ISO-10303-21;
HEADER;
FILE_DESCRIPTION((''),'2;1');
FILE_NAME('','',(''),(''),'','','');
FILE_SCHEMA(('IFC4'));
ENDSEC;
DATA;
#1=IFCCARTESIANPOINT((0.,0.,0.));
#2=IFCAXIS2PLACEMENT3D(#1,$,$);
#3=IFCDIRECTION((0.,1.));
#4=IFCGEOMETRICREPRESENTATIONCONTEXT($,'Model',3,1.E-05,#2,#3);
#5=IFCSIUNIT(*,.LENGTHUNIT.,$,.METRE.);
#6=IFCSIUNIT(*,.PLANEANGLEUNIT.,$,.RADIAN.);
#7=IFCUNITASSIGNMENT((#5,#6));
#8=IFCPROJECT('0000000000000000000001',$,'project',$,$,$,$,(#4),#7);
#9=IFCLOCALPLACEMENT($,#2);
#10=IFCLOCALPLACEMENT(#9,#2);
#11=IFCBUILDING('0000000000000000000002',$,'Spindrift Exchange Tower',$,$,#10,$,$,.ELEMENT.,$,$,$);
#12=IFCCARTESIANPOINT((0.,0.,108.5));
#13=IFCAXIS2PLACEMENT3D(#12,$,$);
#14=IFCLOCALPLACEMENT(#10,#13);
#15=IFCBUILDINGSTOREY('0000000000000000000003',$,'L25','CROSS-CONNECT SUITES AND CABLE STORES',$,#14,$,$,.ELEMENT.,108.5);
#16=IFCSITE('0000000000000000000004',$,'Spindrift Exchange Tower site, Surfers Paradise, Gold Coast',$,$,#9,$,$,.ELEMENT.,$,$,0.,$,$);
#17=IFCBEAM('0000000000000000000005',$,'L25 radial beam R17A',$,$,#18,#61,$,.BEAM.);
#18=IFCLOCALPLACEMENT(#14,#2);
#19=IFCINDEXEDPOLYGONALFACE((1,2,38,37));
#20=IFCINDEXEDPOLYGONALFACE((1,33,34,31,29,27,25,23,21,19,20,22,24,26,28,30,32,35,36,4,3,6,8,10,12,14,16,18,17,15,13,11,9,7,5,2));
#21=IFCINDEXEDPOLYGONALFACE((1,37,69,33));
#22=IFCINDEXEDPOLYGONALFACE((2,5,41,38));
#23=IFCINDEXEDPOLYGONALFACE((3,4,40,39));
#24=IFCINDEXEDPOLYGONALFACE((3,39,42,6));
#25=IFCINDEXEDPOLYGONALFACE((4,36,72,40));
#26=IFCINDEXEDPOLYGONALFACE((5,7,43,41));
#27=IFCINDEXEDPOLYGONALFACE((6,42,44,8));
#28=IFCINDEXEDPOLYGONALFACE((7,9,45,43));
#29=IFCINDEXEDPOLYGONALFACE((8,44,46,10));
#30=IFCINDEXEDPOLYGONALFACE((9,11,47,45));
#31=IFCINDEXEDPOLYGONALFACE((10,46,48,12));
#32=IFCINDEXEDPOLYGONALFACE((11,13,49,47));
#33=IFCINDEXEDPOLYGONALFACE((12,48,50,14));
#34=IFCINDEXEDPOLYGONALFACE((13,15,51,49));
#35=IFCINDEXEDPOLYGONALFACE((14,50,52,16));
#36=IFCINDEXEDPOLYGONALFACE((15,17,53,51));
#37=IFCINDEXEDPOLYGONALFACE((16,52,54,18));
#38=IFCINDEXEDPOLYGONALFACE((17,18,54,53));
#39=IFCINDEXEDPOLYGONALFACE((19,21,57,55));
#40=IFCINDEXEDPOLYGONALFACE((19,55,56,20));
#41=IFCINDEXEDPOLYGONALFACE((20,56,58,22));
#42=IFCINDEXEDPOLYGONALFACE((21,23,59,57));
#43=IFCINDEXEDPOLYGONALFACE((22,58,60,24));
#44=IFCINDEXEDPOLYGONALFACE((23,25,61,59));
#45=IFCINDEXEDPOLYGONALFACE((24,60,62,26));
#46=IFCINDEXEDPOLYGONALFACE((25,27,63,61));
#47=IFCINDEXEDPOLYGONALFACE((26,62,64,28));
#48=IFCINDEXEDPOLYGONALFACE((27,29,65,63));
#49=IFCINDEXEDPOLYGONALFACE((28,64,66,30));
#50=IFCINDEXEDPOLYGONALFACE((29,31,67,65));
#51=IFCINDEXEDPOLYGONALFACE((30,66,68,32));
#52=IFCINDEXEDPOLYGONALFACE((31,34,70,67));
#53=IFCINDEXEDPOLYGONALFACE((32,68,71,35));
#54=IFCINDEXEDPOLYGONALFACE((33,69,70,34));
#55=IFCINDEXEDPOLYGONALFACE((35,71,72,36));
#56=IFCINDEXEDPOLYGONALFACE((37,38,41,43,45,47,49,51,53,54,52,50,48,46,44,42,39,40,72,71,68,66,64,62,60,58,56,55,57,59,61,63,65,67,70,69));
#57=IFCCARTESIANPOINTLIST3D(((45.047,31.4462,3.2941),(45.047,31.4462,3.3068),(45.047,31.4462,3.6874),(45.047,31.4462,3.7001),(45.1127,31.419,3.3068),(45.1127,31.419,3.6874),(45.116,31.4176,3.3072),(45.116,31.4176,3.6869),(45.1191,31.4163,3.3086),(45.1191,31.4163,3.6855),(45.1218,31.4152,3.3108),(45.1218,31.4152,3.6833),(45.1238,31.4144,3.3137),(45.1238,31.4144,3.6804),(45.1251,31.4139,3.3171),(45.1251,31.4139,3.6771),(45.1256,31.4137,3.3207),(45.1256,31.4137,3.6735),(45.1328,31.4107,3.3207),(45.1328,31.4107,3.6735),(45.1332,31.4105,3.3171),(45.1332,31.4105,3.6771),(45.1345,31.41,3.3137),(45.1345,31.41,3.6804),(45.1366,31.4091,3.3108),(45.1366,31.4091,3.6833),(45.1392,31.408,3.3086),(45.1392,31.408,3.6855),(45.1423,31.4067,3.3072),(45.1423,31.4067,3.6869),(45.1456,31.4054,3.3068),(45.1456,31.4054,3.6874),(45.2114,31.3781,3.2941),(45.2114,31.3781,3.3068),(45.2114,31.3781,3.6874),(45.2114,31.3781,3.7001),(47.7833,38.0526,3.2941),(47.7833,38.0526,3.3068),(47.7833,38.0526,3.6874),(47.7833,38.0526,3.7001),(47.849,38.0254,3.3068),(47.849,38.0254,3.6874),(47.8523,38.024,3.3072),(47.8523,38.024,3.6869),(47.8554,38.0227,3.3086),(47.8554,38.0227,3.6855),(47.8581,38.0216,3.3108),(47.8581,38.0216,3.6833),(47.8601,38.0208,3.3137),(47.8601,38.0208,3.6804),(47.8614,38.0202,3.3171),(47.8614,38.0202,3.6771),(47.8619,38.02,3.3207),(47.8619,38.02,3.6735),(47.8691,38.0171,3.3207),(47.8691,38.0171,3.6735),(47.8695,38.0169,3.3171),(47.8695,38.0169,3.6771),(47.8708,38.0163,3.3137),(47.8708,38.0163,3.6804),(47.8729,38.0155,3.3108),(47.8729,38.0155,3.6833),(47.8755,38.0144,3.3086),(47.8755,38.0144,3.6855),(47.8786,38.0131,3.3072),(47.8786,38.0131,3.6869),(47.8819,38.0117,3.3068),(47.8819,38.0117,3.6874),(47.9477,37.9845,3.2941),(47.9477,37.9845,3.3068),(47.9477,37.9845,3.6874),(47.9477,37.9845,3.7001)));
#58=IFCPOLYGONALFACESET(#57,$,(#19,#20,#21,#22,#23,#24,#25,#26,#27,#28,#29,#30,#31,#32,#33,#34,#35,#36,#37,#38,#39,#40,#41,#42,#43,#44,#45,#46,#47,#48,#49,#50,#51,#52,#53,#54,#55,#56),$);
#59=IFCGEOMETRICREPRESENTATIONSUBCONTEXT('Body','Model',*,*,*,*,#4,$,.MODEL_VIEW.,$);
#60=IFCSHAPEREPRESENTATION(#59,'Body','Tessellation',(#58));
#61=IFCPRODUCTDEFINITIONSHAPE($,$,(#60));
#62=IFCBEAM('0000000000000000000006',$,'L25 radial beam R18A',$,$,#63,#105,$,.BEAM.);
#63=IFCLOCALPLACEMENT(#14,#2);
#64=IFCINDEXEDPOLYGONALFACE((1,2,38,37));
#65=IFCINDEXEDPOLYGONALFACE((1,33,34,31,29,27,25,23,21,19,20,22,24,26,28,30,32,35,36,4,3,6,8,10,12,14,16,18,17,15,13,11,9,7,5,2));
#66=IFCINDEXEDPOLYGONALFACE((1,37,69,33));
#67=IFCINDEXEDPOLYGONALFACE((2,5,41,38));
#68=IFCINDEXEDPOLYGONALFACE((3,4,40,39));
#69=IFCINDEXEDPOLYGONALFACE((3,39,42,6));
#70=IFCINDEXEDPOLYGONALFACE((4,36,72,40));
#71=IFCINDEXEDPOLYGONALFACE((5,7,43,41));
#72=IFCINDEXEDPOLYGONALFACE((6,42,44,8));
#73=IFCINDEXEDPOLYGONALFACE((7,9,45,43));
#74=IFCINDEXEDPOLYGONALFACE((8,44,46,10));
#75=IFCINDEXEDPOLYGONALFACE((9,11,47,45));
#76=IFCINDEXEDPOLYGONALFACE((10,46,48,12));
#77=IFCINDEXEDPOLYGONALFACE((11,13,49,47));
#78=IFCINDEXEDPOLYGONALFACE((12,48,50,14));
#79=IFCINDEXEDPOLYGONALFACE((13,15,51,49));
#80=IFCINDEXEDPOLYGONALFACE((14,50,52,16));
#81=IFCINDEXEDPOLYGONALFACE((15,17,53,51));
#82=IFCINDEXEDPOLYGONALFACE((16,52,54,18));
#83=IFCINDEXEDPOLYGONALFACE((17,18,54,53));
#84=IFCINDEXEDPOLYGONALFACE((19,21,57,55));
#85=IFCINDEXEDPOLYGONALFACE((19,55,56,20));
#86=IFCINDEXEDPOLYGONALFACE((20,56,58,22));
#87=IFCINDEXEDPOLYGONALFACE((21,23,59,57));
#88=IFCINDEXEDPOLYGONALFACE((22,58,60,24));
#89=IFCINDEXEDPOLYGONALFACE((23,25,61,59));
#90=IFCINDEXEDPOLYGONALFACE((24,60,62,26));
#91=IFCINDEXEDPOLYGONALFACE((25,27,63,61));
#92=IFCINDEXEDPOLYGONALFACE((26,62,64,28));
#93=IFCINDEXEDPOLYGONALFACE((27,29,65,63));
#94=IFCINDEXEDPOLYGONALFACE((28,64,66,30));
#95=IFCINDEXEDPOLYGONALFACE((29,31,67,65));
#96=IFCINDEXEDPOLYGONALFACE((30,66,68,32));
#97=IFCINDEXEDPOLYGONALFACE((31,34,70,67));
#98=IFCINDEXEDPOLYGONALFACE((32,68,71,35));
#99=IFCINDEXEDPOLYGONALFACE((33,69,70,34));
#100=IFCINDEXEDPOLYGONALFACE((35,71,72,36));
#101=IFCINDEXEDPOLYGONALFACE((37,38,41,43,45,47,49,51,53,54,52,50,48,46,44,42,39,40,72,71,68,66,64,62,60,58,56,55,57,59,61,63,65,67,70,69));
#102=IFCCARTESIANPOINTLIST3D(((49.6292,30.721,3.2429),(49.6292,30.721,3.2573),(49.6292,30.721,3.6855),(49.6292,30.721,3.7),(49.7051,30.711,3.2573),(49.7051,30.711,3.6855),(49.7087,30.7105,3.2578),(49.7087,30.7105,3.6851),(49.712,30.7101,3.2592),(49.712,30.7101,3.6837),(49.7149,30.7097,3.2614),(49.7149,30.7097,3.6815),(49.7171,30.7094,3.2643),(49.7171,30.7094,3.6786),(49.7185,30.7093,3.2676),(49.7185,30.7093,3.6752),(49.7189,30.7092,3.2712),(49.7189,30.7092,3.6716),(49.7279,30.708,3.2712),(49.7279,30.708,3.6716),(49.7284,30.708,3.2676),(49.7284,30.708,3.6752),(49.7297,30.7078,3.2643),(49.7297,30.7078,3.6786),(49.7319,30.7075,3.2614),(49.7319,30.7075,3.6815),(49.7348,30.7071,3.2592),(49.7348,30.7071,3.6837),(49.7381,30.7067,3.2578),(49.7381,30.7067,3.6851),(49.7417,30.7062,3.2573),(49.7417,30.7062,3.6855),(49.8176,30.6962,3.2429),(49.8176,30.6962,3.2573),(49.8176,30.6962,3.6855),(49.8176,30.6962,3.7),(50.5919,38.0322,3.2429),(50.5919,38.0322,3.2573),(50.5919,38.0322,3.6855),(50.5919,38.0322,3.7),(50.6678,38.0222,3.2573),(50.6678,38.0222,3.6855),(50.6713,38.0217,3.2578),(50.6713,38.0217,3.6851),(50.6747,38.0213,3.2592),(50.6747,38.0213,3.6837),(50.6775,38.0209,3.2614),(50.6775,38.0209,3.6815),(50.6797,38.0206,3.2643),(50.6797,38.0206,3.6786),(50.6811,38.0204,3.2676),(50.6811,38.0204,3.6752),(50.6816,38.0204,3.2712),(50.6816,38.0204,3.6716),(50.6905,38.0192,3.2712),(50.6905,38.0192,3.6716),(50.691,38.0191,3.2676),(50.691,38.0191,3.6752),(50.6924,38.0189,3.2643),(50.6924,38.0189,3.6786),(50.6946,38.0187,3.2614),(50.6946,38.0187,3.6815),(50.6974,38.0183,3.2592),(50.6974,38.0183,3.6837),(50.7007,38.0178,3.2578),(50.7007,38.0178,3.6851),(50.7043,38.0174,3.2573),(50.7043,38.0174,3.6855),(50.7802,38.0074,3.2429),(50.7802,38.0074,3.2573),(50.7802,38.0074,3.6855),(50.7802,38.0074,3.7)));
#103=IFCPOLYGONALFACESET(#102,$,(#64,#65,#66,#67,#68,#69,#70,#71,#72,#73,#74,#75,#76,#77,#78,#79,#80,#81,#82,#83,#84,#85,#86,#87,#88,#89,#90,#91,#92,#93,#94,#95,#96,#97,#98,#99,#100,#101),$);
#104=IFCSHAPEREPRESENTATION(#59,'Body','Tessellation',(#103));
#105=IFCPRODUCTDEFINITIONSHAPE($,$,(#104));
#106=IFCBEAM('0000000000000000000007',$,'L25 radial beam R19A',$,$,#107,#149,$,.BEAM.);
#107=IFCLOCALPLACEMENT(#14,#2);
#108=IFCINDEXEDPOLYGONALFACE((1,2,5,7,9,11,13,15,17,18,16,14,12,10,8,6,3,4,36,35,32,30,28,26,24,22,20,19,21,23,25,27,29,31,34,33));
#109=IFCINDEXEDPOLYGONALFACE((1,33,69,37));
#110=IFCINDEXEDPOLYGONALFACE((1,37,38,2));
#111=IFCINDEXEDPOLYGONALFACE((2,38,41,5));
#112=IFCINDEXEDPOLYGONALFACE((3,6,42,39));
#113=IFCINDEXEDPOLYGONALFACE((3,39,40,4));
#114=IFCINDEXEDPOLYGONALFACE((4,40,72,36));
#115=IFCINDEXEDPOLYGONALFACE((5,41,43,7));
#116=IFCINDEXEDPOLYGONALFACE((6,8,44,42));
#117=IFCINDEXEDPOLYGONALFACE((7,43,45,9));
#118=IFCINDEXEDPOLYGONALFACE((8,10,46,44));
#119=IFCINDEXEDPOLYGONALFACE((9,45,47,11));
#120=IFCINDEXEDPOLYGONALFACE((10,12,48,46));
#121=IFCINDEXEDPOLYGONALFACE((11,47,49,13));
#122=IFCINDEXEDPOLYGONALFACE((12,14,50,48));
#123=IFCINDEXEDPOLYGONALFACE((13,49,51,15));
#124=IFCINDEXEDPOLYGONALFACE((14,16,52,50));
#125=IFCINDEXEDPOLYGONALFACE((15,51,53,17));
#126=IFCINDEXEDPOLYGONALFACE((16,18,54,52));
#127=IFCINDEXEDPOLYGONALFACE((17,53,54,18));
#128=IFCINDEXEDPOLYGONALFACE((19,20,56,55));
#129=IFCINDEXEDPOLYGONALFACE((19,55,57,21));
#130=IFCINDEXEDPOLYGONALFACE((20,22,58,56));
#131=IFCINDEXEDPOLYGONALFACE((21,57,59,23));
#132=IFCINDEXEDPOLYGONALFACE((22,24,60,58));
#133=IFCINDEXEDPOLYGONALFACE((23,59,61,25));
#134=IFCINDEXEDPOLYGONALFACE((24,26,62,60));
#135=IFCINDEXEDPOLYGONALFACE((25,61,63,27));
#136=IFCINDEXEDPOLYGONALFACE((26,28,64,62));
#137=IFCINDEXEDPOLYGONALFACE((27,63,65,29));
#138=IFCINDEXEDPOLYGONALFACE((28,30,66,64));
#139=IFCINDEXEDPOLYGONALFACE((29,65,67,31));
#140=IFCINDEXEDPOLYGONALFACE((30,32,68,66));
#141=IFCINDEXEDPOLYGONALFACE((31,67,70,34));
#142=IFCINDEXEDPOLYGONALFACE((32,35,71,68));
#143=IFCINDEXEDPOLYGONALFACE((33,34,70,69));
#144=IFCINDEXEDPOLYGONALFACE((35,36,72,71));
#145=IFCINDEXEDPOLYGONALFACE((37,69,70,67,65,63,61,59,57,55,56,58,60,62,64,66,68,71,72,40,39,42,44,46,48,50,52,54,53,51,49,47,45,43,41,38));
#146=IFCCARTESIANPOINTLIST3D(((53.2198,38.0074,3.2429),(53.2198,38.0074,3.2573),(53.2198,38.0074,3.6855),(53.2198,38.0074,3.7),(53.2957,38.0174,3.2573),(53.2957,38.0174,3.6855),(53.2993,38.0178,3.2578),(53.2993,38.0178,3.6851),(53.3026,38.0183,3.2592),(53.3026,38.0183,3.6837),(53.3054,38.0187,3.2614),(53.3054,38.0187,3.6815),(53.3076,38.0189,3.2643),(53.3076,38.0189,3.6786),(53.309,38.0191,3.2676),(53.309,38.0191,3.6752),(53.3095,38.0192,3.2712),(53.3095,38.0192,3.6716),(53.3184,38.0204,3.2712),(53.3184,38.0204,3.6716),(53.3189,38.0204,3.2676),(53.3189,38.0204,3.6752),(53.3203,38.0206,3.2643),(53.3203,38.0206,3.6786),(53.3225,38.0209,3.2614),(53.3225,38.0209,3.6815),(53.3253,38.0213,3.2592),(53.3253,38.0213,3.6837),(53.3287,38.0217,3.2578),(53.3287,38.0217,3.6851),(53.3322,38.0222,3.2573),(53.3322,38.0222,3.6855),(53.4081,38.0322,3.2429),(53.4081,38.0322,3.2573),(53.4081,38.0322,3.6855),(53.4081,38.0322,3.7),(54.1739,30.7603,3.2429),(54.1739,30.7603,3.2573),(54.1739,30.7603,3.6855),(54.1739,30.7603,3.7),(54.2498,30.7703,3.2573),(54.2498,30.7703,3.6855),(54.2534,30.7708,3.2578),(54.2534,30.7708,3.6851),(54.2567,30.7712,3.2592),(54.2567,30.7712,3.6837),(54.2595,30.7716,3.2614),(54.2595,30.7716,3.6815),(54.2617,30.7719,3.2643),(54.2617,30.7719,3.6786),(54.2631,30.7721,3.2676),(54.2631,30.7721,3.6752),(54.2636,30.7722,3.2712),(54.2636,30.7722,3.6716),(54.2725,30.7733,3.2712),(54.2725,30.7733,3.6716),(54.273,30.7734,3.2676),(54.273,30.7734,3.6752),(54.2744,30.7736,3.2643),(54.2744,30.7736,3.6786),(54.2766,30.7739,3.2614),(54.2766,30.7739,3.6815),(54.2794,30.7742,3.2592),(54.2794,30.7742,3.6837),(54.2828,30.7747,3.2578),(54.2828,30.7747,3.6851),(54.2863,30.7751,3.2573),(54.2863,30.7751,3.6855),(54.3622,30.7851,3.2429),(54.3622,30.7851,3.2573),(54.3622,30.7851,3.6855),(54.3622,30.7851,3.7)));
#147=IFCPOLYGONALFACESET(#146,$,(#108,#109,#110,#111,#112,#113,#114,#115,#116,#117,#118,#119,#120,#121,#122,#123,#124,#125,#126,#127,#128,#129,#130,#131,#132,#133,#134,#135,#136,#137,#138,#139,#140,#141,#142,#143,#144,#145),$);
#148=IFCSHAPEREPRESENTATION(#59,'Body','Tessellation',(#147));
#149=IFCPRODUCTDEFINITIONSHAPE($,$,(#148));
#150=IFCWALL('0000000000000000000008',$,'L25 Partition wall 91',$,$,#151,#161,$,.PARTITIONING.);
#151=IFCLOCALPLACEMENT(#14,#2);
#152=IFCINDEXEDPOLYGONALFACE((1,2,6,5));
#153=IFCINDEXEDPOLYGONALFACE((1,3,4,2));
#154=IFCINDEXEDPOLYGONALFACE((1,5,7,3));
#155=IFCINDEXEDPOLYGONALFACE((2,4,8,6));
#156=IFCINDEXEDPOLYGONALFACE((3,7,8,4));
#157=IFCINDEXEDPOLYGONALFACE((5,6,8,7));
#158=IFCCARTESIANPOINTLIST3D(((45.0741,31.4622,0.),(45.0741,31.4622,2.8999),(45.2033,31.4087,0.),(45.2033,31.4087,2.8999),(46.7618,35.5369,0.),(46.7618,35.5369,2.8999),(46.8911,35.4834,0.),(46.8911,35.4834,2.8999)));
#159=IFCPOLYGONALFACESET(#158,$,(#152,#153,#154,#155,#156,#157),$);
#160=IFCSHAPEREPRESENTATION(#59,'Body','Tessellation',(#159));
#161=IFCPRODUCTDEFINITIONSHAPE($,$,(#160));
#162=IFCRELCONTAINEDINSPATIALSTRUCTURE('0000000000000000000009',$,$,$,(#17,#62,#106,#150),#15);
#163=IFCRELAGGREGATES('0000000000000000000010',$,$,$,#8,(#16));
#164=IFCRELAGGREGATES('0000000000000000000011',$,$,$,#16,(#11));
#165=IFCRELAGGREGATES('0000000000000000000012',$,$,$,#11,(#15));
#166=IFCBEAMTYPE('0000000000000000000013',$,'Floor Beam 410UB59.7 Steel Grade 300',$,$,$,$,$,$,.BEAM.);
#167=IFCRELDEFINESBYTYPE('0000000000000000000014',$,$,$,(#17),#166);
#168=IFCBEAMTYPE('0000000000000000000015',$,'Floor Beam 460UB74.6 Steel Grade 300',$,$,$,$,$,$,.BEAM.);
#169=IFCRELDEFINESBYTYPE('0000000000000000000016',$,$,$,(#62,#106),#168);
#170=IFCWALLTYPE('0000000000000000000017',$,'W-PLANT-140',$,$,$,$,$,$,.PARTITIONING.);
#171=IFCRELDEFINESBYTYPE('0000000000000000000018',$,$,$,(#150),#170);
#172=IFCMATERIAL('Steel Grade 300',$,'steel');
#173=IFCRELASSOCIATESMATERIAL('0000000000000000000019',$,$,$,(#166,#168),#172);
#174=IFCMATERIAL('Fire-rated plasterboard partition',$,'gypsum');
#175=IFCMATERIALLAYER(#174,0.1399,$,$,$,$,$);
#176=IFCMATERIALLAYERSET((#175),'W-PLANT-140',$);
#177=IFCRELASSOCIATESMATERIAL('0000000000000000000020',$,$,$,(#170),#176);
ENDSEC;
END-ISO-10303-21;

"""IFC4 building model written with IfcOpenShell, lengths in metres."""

from ifc_helpers import new_model, si_unit, direction, frame, frame_2d, origin, origin_2d, place, context, subcontext, project, spatial, rectangle, i_section, extrude, source, transform, mapped, material, layer, layer_set, material_profile, profile_set, type_object, element, save


model = new_model("IFC4")

# Units and contexts
model_context = context("Model", 3, precision=1e-05, world=origin(), true_north=direction((0.0, 1.0)))
body_context = subcontext(model_context, "Body", "Model", "MODEL_VIEW")
ifc_project = project(units=[si_unit("LENGTHUNIT", "METRE"), si_unit("PLANEANGLEUNIT", "RADIAN")], contexts=[model_context])

# Site, building, storey
site_placement = place(None, origin())
site = spatial("IfcSite", under=ifc_project, at=site_placement, Name="Spindrift Exchange Tower site, Surfers Paradise, Gold Coast", CompositionType="ELEMENT", RefElevation=0.0)
building_placement = place(site_placement, origin())
building = spatial("IfcBuilding", under=site, at=building_placement, Name="Spindrift Exchange Tower", CompositionType="ELEMENT")
storey_placement = place(building_placement, frame((0.0, 0.0, 108.5)))
storey = spatial("IfcBuildingStorey", under=building, at=storey_placement, Name="L25", Description="CROSS-CONNECT SUITES AND CABLE STORES", CompositionType="ELEMENT", Elevation=108.5)

# Beams
ifc_material_1 = material(Name="Steel Grade 300", Category="steel")
ifc_material_profile_1 = material_profile(ifc_material_1, i_section(OverallWidth=0.178, OverallDepth=0.406, WebThickness=0.0078, FlangeThickness=0.0127, FilletRadius=0.0139, at=origin_2d()), Name="410UB59.7")
ifc_profile_set_1 = profile_set([ifc_material_profile_1], Name="Steel Grade 300")
beam_type_1 = type_object("IfcBeamType", Name="Floor Beam 410UB59.7 Steel Grade 300", PredefinedType="BEAM", material=ifc_profile_set_1)
shared_shape_1 = source(origin(), body_context, "Body", "SweptSolid", [
    extrude(i_section(OverallWidth=0.178, OverallDepth=0.406, WebThickness=0.0078, FlangeThickness=0.0127, FilletRadius=0.0139, at=origin_2d()), origin(), (0.0, 0.0, 1.0), 7.1506),
])
beam_1_placement = place(storey_placement, frame((47.8655, 38.0186, 3.4971), z_axis=(-0.382665, -0.923887, 0.0), x_axis=(0.923887, -0.382665, 0.0)))
element("IfcBeam", 1, at=beam_1_placement, inside=storey, type_object=beam_type_1, Name="L25 radial beam R17A", PredefinedType="BEAM", context=body_context, shape_type="MappedRepresentation", body=[
    mapped(shared_shape_1, transform((0.0, 0.0, 0.0), scale=1.0)),
])
ifc_material_profile_2 = material_profile(ifc_material_1, i_section(OverallWidth=0.1899, OverallDepth=0.457, WebThickness=0.009, FlangeThickness=0.0144, FilletRadius=0.0139, at=origin_2d()), Name="460UB74.6")
ifc_profile_set_2 = profile_set([ifc_material_profile_2], Name="Steel Grade 300")
beam_type_2 = type_object("IfcBeamType", Name="Floor Beam 460UB74.6 Steel Grade 300", PredefinedType="BEAM", material=ifc_profile_set_2)
shared_shape_2 = source(origin(), body_context, "Body", "SweptSolid", [
    extrude(i_section(OverallWidth=0.1899, OverallDepth=0.457, WebThickness=0.009, FlangeThickness=0.0144, FilletRadius=0.0139, at=origin_2d()), origin(), (0.0, 0.0, 1.0), 7.3743),
])
beam_2_placement = place(storey_placement, frame((50.686, 38.0198, 3.4714), z_axis=(-0.130539, -0.991443, 0.0), x_axis=(0.991443, -0.130539, 0.0)))
element("IfcBeam", 2, at=beam_2_placement, inside=storey, type_object=beam_type_2, Name="L25 radial beam R18A", PredefinedType="BEAM", context=body_context, shape_type="MappedRepresentation", body=[
    mapped(shared_shape_2, transform((0.0, 0.0, 0.0), scale=1.0)),
])
shared_shape_3 = source(origin(), body_context, "Body", "SweptSolid", [
    extrude(i_section(OverallWidth=0.1899, OverallDepth=0.457, WebThickness=0.009, FlangeThickness=0.0144, FilletRadius=0.0139, at=origin_2d()), origin(), (0.0, 0.0, 1.0), 7.3096),
])
beam_3_placement = place(storey_placement, frame((53.314, 38.0198, 3.4714), z_axis=(0.130527, -0.991445, 0.0), x_axis=(0.991445, 0.130527, 0.0)))
element("IfcBeam", 3, at=beam_3_placement, inside=storey, type_object=beam_type_2, Name="L25 radial beam R19A", PredefinedType="BEAM", context=body_context, shape_type="MappedRepresentation", body=[
    mapped(shared_shape_3, transform((0.0, 0.0, 0.0), scale=1.0)),
])

# Wall
ifc_material_2 = material(Name="Fire-rated plasterboard partition", Category="gypsum")
ifc_layer_1 = layer(ifc_material_2, 0.1399)
ifc_layer_set_1 = layer_set([ifc_layer_1], Name="W-PLANT-140")
wall_type_1 = type_object("IfcWallType", Name="W-PLANT-140", PredefinedType="PARTITIONING", material=ifc_layer_set_1)
wall_1_placement = place(storey_placement, frame((46.8264, 35.51, 0.0), z_axis=(0.0, 0.0, 1.0), x_axis=(-0.382673, -0.923884, 0.0)))
element("IfcWall", 4, at=wall_1_placement, inside=storey, type_object=wall_type_1, Name="L25 Partition wall 91", PredefinedType="PARTITIONING", context=body_context, shape_type="SweptSolid", body=[
    extrude(rectangle(XDim=4.4104, YDim=0.1399, at=frame_2d((2.2051, 0.0))), origin(), (0.0, 0.0, 1.0), 2.8999),
])

save(model, "model.ifc")
